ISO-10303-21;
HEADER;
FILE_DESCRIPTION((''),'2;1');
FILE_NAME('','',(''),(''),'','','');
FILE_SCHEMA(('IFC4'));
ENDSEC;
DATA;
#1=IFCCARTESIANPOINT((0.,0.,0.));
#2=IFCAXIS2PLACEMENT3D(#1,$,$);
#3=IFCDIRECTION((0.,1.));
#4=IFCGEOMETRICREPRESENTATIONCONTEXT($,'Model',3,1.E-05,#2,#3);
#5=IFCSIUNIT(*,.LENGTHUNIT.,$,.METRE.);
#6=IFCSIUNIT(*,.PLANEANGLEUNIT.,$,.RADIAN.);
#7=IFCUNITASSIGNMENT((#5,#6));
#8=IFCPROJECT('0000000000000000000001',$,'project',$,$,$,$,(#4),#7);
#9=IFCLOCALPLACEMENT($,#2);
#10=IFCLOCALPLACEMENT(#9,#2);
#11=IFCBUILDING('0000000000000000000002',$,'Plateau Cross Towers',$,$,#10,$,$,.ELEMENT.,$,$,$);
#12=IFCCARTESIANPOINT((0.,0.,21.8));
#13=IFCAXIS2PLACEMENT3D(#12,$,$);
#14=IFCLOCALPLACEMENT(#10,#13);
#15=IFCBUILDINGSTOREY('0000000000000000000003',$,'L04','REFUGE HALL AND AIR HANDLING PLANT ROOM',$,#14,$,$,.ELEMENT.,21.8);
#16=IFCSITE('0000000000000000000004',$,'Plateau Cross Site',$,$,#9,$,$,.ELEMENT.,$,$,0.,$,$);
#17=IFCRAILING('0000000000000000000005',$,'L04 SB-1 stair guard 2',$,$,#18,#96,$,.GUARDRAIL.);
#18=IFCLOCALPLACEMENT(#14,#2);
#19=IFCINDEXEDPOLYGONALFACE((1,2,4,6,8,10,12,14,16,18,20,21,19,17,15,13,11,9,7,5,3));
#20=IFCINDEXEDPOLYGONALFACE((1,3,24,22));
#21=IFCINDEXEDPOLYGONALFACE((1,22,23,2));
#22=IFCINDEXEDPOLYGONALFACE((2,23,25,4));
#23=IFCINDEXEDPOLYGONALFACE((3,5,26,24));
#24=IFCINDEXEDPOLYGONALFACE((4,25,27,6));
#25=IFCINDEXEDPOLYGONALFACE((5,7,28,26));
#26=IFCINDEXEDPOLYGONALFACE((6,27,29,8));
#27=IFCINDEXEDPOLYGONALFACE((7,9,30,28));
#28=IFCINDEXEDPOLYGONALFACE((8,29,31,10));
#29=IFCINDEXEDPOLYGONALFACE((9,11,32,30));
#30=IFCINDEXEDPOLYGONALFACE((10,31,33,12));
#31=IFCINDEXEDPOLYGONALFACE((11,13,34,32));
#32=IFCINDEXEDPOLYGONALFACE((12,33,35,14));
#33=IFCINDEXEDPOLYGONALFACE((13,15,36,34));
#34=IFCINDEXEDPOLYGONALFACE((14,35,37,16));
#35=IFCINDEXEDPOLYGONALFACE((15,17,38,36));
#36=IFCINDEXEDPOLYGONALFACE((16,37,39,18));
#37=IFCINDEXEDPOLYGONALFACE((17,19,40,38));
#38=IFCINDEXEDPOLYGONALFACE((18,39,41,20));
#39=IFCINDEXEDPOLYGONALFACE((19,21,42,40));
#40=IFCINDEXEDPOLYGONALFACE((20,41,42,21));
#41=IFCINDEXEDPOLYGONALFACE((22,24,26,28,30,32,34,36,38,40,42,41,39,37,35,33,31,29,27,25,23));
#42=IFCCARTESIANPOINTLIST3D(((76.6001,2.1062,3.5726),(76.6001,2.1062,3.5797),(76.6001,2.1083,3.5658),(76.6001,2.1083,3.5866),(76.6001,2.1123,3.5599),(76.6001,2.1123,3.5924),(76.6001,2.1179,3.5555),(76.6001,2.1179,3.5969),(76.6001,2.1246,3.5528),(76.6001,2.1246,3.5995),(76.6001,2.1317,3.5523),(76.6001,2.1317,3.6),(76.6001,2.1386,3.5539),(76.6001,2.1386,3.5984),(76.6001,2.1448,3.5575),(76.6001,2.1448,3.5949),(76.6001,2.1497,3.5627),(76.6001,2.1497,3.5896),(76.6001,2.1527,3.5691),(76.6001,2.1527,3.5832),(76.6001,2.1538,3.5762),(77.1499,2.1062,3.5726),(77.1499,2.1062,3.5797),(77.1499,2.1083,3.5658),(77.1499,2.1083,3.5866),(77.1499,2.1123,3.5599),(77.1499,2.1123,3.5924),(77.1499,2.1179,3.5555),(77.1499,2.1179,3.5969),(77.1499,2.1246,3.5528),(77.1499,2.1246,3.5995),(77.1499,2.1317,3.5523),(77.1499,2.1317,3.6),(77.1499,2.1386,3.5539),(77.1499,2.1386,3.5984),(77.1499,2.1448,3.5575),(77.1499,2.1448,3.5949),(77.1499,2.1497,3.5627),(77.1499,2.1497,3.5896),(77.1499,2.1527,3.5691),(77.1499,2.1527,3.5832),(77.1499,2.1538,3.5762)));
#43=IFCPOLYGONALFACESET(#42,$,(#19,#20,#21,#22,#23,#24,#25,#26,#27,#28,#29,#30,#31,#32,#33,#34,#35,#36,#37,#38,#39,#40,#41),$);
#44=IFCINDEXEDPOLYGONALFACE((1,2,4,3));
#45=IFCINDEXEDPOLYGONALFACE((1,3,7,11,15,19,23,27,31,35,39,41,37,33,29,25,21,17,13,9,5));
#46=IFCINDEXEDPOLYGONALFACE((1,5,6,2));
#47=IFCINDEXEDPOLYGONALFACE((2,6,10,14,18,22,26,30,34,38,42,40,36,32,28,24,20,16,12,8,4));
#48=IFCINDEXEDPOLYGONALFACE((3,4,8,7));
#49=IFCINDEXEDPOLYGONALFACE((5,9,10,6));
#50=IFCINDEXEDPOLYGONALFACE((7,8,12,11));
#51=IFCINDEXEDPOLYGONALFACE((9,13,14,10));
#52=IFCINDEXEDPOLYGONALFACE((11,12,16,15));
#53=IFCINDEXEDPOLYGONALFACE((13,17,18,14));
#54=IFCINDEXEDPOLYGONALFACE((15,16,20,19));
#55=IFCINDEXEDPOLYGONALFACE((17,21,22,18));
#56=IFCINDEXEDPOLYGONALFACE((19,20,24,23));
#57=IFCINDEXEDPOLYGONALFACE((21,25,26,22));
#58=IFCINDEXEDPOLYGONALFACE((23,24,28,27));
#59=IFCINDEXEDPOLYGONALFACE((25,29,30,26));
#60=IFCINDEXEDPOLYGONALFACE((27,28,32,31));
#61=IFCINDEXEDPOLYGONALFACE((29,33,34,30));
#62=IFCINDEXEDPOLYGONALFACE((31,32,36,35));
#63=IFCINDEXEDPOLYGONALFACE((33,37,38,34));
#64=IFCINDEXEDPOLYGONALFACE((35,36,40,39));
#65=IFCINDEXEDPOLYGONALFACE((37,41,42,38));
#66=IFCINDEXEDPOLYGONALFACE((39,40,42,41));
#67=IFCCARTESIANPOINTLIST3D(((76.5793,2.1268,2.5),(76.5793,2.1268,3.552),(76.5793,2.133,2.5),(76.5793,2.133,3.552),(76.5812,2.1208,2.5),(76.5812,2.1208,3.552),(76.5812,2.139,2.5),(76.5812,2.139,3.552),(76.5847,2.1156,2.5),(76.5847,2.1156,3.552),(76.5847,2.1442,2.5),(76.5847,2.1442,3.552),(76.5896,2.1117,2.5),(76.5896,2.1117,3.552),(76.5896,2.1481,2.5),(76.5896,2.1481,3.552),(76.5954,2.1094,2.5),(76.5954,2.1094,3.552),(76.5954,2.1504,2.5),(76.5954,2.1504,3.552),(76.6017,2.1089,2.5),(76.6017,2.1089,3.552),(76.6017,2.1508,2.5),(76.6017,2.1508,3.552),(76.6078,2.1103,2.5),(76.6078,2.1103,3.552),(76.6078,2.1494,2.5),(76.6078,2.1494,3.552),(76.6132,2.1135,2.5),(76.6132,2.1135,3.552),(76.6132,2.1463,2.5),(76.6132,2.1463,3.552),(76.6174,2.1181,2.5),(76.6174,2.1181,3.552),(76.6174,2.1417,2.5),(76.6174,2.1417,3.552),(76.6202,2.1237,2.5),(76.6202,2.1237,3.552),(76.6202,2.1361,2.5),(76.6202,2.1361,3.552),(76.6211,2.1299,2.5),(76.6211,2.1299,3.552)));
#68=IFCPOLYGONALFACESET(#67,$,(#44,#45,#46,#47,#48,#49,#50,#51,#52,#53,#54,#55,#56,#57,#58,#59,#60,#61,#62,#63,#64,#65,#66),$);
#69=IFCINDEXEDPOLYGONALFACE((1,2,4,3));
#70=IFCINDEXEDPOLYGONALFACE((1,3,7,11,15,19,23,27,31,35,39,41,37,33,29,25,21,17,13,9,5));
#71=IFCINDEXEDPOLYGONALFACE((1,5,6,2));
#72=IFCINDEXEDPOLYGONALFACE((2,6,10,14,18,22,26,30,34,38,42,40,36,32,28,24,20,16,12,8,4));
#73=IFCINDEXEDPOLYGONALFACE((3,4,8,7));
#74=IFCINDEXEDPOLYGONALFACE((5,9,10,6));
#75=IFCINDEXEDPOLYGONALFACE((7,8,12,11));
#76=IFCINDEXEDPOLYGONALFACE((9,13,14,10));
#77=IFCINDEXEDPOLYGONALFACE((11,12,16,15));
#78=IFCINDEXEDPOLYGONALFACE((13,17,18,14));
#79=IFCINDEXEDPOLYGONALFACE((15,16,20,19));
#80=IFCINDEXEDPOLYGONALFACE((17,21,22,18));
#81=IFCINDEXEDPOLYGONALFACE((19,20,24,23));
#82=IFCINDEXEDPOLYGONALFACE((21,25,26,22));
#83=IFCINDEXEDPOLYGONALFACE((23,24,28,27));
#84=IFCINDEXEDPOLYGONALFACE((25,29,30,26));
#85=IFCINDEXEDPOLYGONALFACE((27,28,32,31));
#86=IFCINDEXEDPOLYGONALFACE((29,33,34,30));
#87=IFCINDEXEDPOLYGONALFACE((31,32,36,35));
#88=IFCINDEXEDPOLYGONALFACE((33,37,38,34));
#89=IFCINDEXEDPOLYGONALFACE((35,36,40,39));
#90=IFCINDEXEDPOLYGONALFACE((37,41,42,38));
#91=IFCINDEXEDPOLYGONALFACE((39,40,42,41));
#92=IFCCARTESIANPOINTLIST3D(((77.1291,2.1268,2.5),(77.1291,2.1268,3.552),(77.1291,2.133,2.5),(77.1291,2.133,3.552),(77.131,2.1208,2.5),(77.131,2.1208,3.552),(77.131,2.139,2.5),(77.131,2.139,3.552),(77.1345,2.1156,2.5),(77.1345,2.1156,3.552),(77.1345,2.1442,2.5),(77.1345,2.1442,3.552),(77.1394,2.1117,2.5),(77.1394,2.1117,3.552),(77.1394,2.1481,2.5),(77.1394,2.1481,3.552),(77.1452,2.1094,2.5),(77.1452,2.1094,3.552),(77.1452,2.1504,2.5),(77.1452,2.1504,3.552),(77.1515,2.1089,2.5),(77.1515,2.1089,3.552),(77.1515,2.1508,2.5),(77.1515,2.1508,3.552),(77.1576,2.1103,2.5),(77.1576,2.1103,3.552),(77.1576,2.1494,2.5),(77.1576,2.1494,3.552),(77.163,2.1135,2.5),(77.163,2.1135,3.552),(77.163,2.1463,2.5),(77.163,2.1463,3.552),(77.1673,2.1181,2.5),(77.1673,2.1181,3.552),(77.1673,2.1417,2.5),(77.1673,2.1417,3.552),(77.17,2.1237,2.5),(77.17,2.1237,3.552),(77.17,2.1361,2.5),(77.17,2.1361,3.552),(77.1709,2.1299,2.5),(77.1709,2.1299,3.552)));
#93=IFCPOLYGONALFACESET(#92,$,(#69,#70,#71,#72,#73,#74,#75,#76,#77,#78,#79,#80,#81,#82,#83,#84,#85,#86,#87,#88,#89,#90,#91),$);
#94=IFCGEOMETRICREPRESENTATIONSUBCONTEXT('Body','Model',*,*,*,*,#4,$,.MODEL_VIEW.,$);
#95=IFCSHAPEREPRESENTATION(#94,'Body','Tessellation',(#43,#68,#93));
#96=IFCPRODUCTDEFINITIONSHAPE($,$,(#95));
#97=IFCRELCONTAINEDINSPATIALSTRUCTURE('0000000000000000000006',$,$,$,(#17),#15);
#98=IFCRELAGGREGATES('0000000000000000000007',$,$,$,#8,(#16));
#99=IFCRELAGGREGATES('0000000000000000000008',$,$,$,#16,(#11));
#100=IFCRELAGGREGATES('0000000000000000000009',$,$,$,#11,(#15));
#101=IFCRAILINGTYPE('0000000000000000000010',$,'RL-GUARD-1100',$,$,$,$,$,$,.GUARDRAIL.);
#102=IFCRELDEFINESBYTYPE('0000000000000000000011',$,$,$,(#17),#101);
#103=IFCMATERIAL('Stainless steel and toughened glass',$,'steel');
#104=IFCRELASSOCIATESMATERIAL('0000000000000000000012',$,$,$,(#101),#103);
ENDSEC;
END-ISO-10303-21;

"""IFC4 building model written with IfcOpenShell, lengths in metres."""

from ifc_helpers import new_model, si_unit, direction, frame, origin, origin_2d, place, context, subcontext, project, spatial, circle, extrude, material, type_object, element, save


model = new_model("IFC4")

# Units and contexts
model_context = context("Model", 3, precision=1e-05, world=origin(), true_north=direction((0.0, 1.0)))
body_context = subcontext(model_context, "Body", "Model", "MODEL_VIEW")
ifc_project = project(units=[si_unit("LENGTHUNIT", "METRE"), si_unit("PLANEANGLEUNIT", "RADIAN")], contexts=[model_context])

# Site, building, storey
site_placement = place(None, origin())
site = spatial("IfcSite", under=ifc_project, at=site_placement, Name="Plateau Cross Site", CompositionType="ELEMENT", RefElevation=0.0)
building_placement = place(site_placement, origin())
building = spatial("IfcBuilding", under=site, at=building_placement, Name="Plateau Cross Towers", CompositionType="ELEMENT")
storey_placement = place(building_placement, frame((0.0, 0.0, 21.8)))
storey = spatial("IfcBuildingStorey", under=building, at=storey_placement, Name="L04", Description="REFUGE HALL AND AIR HANDLING PLANT ROOM", CompositionType="ELEMENT", Elevation=21.8)

# Railing
ifc_material_1 = material(Name="Stainless steel and toughened glass", Category="steel")
railing_type_1 = type_object("IfcRailingType", Name="RL-GUARD-1100", PredefinedType="GUARDRAIL", material=ifc_material_1)
railing_1_placement = place(storey_placement, frame((76.6001, 2.1299, 2.5)))
element("IfcRailing", 1, at=railing_1_placement, inside=storey, type_object=railing_type_1, Name="L04 SB-1 stair guard 2", PredefinedType="GUARDRAIL", context=body_context, shape_type="SweptSolid", body=[
    extrude(circle(Radius=0.0239, at=origin_2d()), frame((0.0, 0.0, 1.0762), z_axis=(1.0, 0.0, 0.0), x_axis=(0.0, 1.0, 0.0)), (0.0, 0.0, 1.0), 0.5498),
    extrude(circle(Radius=0.021, at=origin_2d()), origin(), (0.0, 0.0, 1.0), 1.052),
    extrude(circle(Radius=0.021, at=origin_2d()), frame((0.5498, 0.0, 0.0)), (0.0, 0.0, 1.0), 1.052),
])

save(model, "model.ifc")
